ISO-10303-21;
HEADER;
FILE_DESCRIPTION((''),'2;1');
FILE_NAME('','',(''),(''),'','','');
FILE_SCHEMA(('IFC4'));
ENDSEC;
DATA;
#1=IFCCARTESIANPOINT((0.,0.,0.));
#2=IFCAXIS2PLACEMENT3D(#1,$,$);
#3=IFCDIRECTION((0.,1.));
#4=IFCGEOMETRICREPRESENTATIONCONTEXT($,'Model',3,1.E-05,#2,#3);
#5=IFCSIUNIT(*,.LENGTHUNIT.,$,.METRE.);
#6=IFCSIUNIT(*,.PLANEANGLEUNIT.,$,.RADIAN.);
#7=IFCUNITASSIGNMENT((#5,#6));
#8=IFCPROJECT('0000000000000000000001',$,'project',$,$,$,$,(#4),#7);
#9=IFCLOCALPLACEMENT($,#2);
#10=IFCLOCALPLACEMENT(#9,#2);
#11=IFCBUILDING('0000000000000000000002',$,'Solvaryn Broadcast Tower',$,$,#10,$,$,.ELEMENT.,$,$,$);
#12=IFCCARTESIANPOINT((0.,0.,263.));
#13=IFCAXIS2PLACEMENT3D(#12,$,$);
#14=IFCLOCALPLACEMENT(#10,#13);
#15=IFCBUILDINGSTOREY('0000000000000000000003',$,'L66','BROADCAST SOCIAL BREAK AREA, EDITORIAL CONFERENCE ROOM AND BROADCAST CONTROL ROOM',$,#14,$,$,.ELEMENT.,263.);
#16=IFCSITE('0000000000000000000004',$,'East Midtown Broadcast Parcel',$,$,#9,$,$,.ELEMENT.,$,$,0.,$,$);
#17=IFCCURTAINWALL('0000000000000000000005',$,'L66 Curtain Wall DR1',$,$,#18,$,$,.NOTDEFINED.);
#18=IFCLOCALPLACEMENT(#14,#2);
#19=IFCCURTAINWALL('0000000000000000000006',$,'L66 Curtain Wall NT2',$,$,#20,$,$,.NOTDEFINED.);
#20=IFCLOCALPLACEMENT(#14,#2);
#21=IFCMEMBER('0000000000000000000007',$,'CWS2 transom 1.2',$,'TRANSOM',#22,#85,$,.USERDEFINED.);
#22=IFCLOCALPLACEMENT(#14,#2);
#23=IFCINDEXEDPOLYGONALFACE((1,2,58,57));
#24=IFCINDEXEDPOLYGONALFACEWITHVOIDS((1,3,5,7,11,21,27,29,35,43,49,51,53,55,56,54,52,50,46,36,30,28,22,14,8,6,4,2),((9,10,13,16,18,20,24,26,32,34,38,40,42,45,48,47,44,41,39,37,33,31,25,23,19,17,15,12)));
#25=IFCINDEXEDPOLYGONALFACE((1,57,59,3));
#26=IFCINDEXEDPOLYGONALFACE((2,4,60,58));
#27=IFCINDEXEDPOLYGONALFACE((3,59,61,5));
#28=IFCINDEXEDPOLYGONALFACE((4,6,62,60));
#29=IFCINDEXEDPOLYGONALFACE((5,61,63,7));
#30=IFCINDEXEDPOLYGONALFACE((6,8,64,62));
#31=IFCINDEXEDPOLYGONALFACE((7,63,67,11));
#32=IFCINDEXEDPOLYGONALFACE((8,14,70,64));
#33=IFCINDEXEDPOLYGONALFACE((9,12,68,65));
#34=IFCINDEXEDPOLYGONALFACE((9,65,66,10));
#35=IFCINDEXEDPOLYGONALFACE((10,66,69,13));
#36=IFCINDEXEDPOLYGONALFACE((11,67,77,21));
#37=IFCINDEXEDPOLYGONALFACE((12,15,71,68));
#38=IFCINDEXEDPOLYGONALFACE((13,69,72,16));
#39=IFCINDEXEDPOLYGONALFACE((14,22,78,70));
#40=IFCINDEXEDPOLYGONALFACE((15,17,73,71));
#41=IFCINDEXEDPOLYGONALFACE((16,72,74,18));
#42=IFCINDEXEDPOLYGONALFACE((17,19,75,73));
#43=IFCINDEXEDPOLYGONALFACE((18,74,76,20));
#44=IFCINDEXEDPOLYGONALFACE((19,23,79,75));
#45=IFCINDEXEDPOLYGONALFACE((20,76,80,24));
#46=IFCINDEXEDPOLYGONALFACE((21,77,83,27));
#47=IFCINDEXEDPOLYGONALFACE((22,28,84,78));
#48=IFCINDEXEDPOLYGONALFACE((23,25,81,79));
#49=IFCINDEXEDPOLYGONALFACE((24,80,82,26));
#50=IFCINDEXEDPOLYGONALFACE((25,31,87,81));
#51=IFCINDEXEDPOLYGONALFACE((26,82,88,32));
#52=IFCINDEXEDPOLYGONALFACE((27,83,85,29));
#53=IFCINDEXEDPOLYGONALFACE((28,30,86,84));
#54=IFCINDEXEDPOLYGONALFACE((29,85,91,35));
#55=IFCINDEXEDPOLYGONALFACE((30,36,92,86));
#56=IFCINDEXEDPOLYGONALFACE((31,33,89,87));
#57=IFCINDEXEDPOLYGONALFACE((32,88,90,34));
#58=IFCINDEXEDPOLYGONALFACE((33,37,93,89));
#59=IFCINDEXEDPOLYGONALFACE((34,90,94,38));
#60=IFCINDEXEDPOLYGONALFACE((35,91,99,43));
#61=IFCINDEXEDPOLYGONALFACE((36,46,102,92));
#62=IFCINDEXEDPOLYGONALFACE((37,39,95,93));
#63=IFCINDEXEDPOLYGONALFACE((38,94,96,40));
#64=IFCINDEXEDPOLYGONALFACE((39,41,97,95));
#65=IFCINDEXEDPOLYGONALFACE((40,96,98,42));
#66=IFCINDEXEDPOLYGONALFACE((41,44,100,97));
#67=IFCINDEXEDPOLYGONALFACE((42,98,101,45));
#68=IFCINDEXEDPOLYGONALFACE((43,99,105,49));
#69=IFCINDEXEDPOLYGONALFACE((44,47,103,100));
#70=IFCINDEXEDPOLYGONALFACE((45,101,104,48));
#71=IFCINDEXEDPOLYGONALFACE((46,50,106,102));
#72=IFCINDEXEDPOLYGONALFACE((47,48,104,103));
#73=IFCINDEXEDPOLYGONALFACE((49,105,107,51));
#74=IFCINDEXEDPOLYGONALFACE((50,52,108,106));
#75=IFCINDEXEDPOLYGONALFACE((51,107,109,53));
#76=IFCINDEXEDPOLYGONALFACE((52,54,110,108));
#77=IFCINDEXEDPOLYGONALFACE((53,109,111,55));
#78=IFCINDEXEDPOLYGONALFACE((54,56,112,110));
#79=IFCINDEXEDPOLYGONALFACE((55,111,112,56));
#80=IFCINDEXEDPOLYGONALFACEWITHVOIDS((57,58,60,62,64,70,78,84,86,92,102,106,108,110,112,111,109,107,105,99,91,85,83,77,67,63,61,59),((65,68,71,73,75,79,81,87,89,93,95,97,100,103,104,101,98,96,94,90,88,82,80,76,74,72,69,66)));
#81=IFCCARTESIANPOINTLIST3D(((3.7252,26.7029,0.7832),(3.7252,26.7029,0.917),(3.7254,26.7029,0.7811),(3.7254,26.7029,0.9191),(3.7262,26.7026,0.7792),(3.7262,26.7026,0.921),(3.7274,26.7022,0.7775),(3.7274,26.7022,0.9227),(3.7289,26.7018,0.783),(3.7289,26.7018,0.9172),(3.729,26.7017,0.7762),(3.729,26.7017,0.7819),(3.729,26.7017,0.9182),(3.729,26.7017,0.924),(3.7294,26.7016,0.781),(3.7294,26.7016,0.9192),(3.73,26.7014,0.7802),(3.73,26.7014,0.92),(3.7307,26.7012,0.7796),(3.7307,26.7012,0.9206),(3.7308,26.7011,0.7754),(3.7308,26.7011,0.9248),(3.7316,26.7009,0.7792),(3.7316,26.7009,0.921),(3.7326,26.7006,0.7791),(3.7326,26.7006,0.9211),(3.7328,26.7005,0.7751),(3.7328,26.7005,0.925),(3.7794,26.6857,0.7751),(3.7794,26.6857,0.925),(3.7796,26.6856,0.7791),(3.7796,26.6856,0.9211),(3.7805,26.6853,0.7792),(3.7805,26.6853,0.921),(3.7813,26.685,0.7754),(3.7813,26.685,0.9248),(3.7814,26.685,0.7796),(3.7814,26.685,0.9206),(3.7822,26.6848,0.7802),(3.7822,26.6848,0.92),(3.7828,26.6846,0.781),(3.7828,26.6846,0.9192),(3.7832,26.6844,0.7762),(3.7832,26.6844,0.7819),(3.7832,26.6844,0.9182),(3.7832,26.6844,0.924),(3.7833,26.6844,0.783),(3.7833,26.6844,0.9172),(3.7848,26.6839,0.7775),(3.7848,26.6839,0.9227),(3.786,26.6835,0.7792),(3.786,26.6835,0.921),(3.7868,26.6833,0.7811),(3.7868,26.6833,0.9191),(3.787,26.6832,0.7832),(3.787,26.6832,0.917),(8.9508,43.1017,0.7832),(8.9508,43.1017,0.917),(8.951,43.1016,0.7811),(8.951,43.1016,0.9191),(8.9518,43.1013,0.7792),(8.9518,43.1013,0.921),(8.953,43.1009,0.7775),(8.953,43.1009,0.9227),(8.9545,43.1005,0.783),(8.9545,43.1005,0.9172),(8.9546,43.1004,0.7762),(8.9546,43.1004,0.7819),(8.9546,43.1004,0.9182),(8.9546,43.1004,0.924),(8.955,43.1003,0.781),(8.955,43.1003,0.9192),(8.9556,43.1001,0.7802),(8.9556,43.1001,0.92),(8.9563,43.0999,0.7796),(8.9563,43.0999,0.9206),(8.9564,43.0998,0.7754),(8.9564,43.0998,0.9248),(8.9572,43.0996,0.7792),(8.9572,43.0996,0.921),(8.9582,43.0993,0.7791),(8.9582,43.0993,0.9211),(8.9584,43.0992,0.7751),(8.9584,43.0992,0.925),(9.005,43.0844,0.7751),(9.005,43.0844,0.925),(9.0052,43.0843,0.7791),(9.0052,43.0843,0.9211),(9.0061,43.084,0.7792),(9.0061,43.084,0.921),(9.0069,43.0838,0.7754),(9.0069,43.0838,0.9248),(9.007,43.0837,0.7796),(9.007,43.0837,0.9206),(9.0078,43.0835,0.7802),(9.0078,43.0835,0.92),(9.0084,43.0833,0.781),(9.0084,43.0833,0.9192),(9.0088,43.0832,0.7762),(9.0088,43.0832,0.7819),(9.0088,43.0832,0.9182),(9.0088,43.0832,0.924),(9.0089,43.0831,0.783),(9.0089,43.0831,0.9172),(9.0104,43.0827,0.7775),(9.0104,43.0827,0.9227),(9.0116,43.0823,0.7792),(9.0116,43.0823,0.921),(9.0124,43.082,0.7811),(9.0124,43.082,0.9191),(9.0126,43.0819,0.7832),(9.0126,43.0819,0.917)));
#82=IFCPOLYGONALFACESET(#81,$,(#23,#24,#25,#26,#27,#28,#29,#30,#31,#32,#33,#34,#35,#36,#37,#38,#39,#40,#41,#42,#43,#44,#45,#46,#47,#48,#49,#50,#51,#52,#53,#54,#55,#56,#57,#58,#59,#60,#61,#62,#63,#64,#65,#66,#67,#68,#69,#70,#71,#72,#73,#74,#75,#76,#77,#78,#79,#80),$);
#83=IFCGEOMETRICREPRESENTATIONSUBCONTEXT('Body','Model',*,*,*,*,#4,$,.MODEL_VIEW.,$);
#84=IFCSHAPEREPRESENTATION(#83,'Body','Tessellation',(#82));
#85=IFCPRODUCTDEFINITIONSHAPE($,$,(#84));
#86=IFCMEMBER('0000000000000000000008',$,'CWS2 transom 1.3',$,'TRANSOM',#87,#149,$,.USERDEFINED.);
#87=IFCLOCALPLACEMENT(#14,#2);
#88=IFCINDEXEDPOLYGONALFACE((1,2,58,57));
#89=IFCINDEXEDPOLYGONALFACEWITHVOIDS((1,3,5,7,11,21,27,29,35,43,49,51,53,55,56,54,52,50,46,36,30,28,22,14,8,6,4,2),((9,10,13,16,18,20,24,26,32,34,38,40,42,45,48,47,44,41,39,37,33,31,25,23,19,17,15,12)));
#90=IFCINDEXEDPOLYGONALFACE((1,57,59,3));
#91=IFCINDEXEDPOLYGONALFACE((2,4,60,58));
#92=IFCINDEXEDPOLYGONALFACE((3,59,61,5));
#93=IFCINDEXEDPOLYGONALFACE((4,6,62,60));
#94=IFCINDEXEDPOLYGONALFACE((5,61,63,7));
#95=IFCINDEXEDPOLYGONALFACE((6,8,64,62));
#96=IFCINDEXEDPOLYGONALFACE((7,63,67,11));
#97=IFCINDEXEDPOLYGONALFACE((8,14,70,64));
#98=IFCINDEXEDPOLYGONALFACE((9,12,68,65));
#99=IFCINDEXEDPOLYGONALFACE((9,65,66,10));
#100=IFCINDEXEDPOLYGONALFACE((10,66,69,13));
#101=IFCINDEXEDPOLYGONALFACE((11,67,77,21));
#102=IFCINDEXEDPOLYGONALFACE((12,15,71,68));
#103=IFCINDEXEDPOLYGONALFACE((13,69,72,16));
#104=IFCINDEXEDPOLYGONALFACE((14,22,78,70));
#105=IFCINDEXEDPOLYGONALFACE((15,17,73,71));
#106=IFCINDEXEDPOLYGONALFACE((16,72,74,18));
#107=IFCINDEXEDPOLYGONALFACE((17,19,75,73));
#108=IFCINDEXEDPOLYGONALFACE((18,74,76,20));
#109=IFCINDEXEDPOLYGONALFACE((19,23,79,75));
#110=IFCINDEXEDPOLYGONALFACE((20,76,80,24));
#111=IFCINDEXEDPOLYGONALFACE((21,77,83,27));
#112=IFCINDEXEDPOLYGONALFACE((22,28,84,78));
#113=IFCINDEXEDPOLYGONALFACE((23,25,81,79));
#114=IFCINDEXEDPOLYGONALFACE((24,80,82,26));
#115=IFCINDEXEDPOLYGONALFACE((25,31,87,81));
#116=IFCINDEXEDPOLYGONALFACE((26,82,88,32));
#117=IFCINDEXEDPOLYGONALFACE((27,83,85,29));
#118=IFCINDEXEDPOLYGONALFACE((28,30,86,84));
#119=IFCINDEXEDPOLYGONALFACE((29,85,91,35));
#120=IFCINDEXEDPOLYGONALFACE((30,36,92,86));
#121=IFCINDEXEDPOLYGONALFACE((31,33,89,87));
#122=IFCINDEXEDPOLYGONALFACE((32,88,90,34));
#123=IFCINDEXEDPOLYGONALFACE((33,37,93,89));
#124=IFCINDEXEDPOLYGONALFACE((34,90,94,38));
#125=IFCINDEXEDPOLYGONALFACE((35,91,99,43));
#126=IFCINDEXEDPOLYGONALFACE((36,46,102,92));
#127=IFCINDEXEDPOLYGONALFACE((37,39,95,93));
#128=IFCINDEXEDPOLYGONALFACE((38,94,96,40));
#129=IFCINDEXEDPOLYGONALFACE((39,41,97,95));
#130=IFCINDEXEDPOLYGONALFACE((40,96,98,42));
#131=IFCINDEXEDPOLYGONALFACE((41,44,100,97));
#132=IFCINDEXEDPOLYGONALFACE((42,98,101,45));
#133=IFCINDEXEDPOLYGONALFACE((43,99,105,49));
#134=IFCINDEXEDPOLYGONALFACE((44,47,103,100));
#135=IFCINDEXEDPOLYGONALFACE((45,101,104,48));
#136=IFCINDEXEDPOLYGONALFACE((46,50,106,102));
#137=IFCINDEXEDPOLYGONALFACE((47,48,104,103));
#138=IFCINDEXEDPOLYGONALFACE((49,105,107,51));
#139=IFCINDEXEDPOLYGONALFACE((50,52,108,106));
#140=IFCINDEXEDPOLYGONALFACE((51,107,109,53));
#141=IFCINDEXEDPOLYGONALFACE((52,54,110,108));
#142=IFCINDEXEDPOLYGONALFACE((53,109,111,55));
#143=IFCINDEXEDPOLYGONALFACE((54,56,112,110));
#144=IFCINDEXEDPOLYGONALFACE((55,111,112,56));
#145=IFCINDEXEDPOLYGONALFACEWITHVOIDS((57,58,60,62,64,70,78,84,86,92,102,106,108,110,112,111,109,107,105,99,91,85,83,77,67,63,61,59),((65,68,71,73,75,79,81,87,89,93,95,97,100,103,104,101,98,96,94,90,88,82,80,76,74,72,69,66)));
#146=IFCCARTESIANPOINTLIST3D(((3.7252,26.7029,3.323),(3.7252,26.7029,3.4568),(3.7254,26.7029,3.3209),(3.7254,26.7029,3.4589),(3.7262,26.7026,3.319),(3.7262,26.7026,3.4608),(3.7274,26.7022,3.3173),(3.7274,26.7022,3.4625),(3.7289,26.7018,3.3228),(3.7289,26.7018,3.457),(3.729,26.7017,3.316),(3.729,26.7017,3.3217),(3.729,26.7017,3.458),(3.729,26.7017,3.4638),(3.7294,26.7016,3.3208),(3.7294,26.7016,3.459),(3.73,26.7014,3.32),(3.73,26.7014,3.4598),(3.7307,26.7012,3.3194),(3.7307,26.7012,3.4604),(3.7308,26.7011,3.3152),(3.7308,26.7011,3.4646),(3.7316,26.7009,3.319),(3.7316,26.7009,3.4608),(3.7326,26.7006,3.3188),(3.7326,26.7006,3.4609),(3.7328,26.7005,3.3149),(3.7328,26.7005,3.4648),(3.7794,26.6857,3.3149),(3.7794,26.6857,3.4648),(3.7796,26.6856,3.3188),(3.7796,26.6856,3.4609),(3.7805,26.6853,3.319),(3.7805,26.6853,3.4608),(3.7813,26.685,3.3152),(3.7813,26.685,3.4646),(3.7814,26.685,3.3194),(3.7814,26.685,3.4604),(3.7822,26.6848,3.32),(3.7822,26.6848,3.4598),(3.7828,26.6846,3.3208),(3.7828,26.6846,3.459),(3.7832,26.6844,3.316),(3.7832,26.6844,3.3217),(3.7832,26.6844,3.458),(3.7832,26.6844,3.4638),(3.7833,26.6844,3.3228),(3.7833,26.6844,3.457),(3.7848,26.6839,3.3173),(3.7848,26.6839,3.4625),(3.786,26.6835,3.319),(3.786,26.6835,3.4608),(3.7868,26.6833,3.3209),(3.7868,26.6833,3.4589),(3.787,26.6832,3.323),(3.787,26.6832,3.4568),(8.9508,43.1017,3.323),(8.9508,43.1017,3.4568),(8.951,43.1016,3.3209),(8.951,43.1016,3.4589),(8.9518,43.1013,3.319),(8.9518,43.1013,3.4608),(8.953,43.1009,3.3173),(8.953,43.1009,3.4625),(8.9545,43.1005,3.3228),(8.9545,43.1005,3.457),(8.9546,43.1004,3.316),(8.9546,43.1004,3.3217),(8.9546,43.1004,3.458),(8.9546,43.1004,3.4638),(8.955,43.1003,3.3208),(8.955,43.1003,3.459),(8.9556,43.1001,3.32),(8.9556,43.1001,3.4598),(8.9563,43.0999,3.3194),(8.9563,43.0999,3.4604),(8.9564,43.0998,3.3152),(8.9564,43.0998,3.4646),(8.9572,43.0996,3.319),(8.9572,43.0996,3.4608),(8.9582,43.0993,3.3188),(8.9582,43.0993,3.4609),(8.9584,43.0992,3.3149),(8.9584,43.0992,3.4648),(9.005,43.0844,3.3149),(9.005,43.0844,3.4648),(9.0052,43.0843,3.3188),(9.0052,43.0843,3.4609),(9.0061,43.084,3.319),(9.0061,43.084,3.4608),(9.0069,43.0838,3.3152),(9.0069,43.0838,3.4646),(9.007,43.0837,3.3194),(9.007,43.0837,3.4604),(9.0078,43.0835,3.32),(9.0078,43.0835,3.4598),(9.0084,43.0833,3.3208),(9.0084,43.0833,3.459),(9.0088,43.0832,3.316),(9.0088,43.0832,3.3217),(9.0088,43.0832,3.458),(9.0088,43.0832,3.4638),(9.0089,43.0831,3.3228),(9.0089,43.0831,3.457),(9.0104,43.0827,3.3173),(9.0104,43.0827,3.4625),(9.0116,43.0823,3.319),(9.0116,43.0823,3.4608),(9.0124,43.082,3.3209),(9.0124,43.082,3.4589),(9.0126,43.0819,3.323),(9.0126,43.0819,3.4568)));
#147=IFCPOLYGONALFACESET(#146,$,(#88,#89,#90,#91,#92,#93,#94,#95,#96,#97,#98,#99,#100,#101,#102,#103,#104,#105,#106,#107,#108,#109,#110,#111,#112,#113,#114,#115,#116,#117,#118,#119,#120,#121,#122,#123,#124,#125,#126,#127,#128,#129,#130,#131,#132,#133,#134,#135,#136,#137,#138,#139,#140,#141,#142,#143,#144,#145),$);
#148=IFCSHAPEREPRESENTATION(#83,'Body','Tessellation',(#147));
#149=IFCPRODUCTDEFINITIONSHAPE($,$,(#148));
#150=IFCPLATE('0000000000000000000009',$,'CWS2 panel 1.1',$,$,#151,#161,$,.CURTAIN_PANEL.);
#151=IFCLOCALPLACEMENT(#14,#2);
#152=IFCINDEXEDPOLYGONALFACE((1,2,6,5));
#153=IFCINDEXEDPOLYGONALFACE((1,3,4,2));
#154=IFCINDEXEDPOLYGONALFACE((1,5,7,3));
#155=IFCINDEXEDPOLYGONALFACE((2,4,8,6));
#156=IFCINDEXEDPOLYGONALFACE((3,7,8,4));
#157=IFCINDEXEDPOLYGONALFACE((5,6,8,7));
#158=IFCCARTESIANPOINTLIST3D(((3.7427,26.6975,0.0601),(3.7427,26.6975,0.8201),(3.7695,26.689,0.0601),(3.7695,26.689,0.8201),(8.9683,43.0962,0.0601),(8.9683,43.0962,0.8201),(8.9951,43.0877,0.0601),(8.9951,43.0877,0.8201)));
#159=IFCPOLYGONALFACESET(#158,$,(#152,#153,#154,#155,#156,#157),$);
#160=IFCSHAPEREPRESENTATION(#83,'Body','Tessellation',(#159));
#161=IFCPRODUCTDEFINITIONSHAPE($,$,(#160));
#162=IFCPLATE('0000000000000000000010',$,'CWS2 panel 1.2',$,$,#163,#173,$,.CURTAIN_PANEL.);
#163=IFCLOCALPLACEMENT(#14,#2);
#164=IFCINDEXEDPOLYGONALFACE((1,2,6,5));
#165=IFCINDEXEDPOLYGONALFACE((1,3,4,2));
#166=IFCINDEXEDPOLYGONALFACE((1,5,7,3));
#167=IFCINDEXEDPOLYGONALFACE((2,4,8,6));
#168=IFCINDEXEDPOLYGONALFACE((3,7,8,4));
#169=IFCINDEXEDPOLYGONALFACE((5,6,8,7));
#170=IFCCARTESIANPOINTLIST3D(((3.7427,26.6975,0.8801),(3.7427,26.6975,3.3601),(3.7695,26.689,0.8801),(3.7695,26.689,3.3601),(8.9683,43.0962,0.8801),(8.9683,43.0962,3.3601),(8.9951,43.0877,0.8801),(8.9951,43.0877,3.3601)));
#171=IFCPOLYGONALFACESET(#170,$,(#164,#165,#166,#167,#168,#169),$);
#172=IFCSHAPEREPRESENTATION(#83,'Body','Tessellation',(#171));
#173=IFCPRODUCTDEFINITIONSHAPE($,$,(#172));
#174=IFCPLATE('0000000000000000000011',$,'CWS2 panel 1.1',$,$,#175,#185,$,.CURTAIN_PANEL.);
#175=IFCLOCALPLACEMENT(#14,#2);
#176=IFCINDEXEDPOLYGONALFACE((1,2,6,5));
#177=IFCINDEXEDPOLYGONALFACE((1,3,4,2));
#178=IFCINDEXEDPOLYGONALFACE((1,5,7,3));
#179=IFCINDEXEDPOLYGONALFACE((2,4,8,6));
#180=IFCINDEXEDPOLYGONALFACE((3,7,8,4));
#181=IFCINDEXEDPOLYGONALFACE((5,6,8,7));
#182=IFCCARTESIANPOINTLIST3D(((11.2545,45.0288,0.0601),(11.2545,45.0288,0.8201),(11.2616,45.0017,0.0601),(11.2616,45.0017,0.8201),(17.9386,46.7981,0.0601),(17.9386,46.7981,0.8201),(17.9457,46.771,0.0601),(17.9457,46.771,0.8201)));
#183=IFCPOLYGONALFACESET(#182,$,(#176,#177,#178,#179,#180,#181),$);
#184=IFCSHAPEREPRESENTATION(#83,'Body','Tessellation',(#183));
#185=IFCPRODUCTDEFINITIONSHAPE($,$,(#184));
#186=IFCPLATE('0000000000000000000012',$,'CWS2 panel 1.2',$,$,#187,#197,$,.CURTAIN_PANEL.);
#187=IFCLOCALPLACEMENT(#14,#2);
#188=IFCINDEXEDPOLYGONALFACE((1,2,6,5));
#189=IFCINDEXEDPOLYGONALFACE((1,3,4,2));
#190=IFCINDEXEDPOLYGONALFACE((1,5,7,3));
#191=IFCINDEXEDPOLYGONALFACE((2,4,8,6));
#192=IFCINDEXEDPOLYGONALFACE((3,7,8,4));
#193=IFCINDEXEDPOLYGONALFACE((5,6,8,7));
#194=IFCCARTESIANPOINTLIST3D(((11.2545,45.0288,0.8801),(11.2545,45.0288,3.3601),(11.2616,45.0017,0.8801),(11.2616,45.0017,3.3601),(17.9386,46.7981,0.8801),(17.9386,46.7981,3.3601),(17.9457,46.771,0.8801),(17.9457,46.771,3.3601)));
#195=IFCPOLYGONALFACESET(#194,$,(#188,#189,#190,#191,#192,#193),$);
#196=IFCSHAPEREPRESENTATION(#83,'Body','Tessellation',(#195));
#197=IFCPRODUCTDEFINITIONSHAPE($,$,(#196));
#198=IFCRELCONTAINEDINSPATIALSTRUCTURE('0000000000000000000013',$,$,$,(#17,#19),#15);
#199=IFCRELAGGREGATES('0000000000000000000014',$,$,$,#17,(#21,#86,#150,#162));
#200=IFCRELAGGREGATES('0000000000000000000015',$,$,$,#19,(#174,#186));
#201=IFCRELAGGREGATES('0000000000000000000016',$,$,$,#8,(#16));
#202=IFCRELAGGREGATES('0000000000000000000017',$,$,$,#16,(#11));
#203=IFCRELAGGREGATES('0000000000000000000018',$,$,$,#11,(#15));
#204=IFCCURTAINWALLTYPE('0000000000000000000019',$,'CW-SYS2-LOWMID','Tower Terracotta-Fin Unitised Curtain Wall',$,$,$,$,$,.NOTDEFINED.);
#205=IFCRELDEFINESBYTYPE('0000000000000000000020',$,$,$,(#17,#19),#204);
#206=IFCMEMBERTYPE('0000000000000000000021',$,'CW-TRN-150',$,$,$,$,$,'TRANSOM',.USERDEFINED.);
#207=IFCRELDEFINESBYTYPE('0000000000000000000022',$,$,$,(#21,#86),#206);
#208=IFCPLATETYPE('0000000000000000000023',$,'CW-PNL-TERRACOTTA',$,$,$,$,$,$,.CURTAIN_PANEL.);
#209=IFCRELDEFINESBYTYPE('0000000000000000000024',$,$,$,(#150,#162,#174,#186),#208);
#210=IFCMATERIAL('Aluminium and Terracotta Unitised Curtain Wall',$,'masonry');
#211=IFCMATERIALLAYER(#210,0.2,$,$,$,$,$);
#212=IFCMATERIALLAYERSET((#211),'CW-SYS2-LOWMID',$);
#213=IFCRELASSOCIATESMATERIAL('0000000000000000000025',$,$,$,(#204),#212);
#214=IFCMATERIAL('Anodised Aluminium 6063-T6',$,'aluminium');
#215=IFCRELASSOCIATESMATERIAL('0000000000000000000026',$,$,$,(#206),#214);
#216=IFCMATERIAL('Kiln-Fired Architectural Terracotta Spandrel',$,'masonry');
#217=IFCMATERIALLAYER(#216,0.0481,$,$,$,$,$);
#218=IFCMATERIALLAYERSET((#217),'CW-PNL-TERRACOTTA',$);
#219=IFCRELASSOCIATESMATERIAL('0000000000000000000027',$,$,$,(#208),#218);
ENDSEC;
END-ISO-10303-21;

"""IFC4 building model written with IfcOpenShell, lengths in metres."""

from ifc_helpers import new_model, si_unit, direction, frame, origin, origin_2d, place, context, subcontext, project, spatial, rectangle, hollow_rectangle, extrude, material, layer, layer_set, material_profile, profile_set, type_object, element, aggregate, save


model = new_model("IFC4")

# Units and contexts
model_context = context("Model", 3, precision=1e-05, world=origin(), true_north=direction((0.0, 1.0)))
body_context = subcontext(model_context, "Body", "Model", "MODEL_VIEW")
ifc_project = project(units=[si_unit("LENGTHUNIT", "METRE"), si_unit("PLANEANGLEUNIT", "RADIAN")], contexts=[model_context])

# Site, building, storey
site_placement = place(None, origin())
site = spatial("IfcSite", under=ifc_project, at=site_placement, Name="East Midtown Broadcast Parcel", CompositionType="ELEMENT", RefElevation=0.0)
building_placement = place(site_placement, origin())
building = spatial("IfcBuilding", under=site, at=building_placement, Name="Solvaryn Broadcast Tower", CompositionType="ELEMENT")
storey_placement = place(building_placement, frame((0.0, 0.0, 263.0)))
storey = spatial("IfcBuildingStorey", under=building, at=storey_placement, Name="L66", Description="BROADCAST SOCIAL BREAK AREA, EDITORIAL CONFERENCE ROOM AND BROADCAST CONTROL ROOM", CompositionType="ELEMENT", Elevation=263.0)

# Curtain walls
ifc_material_1 = material(Name="Aluminium and Terracotta Unitised Curtain Wall", Category="masonry")
ifc_layer_1 = layer(ifc_material_1, 0.2)
ifc_layer_set_1 = layer_set([ifc_layer_1], Name="CW-SYS2-LOWMID")
curtain_wall_type = type_object("IfcCurtainWallType", Name="CW-SYS2-LOWMID", Description="Tower Terracotta-Fin Unitised Curtain Wall", PredefinedType="NOTDEFINED", material=ifc_layer_set_1)
curtain_wall_1_placement = place(storey_placement, origin())
curtain_wall_1 = element("IfcCurtainWall", 1, at=curtain_wall_1_placement, inside=storey, type_object=curtain_wall_type, Name="L66 Curtain Wall DR1", PredefinedType="NOTDEFINED")
curtain_wall_2_placement = place(storey_placement, origin())
curtain_wall_2 = element("IfcCurtainWall", 2, at=curtain_wall_2_placement, inside=storey, type_object=curtain_wall_type, Name="L66 Curtain Wall NT2", PredefinedType="NOTDEFINED")

# Members
ifc_material_2 = material(Name="Anodised Aluminium 6063-T6", Category="aluminium")
ifc_material_profile_1 = material_profile(ifc_material_2, hollow_rectangle(XDim=0.0649, YDim=0.1499, WallThickness=0.0039, InnerFilletRadius=0.0039, OuterFilletRadius=0.0081, at=origin_2d()))
ifc_profile_set_1 = profile_set([ifc_material_profile_1], Name="Anodised Aluminium 6063-T6")
member_type_1 = type_object("IfcMemberType", Name="CW-TRN-150", ElementType="TRANSOM", PredefinedType="USERDEFINED", material=ifc_profile_set_1)
member_1_placement = place(storey_placement, frame((8.9817, 43.0918, 0.8501), z_axis=(-0.303616, -0.952794, 0.0), x_axis=(0.952794, -0.303616, 0.0)))
member_1 = element("IfcMember", 3, at=member_1_placement, type_object=member_type_1, Name="CWS2 transom 1.2", ObjectType="TRANSOM", PredefinedType="USERDEFINED", context=body_context, shape_type="SweptSolid", body=[
    extrude(hollow_rectangle(XDim=0.0649, YDim=0.1499, WallThickness=0.0039, InnerFilletRadius=0.0039, OuterFilletRadius=0.0081, at=origin_2d()), origin(), (0.0, 0.0, 1.0), 17.2112),
])
member_2_placement = place(storey_placement, frame((8.9817, 43.0918, 3.3899), z_axis=(-0.303616, -0.952794, 0.0), x_axis=(0.952794, -0.303616, 0.0)))
member_2 = element("IfcMember", 4, at=member_2_placement, type_object=member_type_1, Name="CWS2 transom 1.3", ObjectType="TRANSOM", PredefinedType="USERDEFINED", context=body_context, shape_type="SweptSolid", body=[
    extrude(hollow_rectangle(XDim=0.0649, YDim=0.1499, WallThickness=0.0039, InnerFilletRadius=0.0039, OuterFilletRadius=0.0081, at=origin_2d()), origin(), (0.0, 0.0, 1.0), 17.2112),
])

# Plates
ifc_material_3 = material(Name="Kiln-Fired Architectural Terracotta Spandrel", Category="masonry")
ifc_layer_2 = layer(ifc_material_3, 0.0481)
ifc_layer_set_2 = layer_set([ifc_layer_2], Name="CW-PNL-TERRACOTTA")
plate_type = type_object("IfcPlateType", Name="CW-PNL-TERRACOTTA", PredefinedType="CURTAIN_PANEL", material=ifc_layer_set_2)
plate_1_placement = place(storey_placement, frame((6.3689, 34.8926, 0.0601), z_axis=(0.0, 0.0, 1.0), x_axis=(-0.303616, -0.952795, 0.0)))
plate_1 = element("IfcPlate", 5, at=plate_1_placement, type_object=plate_type, Name="CWS2 panel 1.1", PredefinedType="CURTAIN_PANEL", context=body_context, shape_type="SweptSolid", body=[
    extrude(rectangle(XDim=17.2112, YDim=0.0281, at=origin_2d()), origin(), (0.0, 0.0, 1.0), 0.76),
])
plate_2_placement = place(storey_placement, frame((6.3689, 34.8926, 0.8801), z_axis=(0.0, 0.0, 1.0), x_axis=(-0.303616, -0.952795, 0.0)))
plate_2 = element("IfcPlate", 6, at=plate_2_placement, type_object=plate_type, Name="CWS2 panel 1.2", PredefinedType="CURTAIN_PANEL", context=body_context, shape_type="SweptSolid", body=[
    extrude(rectangle(XDim=17.2112, YDim=0.0281, at=origin_2d()), origin(), (0.0, 0.0, 1.0), 2.48),
])
aggregate(curtain_wall_1, [member_1, member_2, plate_1, plate_2])
plate_3_placement = place(storey_placement, frame((14.6001, 45.8999, 0.0601), z_axis=(0.0, 0.0, 1.0), x_axis=(-0.966705, -0.255893, 0.0)))
plate_3 = element("IfcPlate", 7, at=plate_3_placement, type_object=plate_type, Name="CWS2 panel 1.1", PredefinedType="CURTAIN_PANEL", context=body_context, shape_type="SweptSolid", body=[
    extrude(rectangle(XDim=6.9143, YDim=0.0281, at=origin_2d()), origin(), (0.0, 0.0, 1.0), 0.76),
])
plate_4_placement = place(storey_placement, frame((14.6001, 45.8999, 0.8801), z_axis=(0.0, 0.0, 1.0), x_axis=(-0.966705, -0.255893, 0.0)))
plate_4 = element("IfcPlate", 8, at=plate_4_placement, type_object=plate_type, Name="CWS2 panel 1.2", PredefinedType="CURTAIN_PANEL", context=body_context, shape_type="SweptSolid", body=[
    extrude(rectangle(XDim=6.9143, YDim=0.0281, at=origin_2d()), origin(), (0.0, 0.0, 1.0), 2.48),
])
aggregate(curtain_wall_2, [plate_3, plate_4])

save(model, "model.ifc")
